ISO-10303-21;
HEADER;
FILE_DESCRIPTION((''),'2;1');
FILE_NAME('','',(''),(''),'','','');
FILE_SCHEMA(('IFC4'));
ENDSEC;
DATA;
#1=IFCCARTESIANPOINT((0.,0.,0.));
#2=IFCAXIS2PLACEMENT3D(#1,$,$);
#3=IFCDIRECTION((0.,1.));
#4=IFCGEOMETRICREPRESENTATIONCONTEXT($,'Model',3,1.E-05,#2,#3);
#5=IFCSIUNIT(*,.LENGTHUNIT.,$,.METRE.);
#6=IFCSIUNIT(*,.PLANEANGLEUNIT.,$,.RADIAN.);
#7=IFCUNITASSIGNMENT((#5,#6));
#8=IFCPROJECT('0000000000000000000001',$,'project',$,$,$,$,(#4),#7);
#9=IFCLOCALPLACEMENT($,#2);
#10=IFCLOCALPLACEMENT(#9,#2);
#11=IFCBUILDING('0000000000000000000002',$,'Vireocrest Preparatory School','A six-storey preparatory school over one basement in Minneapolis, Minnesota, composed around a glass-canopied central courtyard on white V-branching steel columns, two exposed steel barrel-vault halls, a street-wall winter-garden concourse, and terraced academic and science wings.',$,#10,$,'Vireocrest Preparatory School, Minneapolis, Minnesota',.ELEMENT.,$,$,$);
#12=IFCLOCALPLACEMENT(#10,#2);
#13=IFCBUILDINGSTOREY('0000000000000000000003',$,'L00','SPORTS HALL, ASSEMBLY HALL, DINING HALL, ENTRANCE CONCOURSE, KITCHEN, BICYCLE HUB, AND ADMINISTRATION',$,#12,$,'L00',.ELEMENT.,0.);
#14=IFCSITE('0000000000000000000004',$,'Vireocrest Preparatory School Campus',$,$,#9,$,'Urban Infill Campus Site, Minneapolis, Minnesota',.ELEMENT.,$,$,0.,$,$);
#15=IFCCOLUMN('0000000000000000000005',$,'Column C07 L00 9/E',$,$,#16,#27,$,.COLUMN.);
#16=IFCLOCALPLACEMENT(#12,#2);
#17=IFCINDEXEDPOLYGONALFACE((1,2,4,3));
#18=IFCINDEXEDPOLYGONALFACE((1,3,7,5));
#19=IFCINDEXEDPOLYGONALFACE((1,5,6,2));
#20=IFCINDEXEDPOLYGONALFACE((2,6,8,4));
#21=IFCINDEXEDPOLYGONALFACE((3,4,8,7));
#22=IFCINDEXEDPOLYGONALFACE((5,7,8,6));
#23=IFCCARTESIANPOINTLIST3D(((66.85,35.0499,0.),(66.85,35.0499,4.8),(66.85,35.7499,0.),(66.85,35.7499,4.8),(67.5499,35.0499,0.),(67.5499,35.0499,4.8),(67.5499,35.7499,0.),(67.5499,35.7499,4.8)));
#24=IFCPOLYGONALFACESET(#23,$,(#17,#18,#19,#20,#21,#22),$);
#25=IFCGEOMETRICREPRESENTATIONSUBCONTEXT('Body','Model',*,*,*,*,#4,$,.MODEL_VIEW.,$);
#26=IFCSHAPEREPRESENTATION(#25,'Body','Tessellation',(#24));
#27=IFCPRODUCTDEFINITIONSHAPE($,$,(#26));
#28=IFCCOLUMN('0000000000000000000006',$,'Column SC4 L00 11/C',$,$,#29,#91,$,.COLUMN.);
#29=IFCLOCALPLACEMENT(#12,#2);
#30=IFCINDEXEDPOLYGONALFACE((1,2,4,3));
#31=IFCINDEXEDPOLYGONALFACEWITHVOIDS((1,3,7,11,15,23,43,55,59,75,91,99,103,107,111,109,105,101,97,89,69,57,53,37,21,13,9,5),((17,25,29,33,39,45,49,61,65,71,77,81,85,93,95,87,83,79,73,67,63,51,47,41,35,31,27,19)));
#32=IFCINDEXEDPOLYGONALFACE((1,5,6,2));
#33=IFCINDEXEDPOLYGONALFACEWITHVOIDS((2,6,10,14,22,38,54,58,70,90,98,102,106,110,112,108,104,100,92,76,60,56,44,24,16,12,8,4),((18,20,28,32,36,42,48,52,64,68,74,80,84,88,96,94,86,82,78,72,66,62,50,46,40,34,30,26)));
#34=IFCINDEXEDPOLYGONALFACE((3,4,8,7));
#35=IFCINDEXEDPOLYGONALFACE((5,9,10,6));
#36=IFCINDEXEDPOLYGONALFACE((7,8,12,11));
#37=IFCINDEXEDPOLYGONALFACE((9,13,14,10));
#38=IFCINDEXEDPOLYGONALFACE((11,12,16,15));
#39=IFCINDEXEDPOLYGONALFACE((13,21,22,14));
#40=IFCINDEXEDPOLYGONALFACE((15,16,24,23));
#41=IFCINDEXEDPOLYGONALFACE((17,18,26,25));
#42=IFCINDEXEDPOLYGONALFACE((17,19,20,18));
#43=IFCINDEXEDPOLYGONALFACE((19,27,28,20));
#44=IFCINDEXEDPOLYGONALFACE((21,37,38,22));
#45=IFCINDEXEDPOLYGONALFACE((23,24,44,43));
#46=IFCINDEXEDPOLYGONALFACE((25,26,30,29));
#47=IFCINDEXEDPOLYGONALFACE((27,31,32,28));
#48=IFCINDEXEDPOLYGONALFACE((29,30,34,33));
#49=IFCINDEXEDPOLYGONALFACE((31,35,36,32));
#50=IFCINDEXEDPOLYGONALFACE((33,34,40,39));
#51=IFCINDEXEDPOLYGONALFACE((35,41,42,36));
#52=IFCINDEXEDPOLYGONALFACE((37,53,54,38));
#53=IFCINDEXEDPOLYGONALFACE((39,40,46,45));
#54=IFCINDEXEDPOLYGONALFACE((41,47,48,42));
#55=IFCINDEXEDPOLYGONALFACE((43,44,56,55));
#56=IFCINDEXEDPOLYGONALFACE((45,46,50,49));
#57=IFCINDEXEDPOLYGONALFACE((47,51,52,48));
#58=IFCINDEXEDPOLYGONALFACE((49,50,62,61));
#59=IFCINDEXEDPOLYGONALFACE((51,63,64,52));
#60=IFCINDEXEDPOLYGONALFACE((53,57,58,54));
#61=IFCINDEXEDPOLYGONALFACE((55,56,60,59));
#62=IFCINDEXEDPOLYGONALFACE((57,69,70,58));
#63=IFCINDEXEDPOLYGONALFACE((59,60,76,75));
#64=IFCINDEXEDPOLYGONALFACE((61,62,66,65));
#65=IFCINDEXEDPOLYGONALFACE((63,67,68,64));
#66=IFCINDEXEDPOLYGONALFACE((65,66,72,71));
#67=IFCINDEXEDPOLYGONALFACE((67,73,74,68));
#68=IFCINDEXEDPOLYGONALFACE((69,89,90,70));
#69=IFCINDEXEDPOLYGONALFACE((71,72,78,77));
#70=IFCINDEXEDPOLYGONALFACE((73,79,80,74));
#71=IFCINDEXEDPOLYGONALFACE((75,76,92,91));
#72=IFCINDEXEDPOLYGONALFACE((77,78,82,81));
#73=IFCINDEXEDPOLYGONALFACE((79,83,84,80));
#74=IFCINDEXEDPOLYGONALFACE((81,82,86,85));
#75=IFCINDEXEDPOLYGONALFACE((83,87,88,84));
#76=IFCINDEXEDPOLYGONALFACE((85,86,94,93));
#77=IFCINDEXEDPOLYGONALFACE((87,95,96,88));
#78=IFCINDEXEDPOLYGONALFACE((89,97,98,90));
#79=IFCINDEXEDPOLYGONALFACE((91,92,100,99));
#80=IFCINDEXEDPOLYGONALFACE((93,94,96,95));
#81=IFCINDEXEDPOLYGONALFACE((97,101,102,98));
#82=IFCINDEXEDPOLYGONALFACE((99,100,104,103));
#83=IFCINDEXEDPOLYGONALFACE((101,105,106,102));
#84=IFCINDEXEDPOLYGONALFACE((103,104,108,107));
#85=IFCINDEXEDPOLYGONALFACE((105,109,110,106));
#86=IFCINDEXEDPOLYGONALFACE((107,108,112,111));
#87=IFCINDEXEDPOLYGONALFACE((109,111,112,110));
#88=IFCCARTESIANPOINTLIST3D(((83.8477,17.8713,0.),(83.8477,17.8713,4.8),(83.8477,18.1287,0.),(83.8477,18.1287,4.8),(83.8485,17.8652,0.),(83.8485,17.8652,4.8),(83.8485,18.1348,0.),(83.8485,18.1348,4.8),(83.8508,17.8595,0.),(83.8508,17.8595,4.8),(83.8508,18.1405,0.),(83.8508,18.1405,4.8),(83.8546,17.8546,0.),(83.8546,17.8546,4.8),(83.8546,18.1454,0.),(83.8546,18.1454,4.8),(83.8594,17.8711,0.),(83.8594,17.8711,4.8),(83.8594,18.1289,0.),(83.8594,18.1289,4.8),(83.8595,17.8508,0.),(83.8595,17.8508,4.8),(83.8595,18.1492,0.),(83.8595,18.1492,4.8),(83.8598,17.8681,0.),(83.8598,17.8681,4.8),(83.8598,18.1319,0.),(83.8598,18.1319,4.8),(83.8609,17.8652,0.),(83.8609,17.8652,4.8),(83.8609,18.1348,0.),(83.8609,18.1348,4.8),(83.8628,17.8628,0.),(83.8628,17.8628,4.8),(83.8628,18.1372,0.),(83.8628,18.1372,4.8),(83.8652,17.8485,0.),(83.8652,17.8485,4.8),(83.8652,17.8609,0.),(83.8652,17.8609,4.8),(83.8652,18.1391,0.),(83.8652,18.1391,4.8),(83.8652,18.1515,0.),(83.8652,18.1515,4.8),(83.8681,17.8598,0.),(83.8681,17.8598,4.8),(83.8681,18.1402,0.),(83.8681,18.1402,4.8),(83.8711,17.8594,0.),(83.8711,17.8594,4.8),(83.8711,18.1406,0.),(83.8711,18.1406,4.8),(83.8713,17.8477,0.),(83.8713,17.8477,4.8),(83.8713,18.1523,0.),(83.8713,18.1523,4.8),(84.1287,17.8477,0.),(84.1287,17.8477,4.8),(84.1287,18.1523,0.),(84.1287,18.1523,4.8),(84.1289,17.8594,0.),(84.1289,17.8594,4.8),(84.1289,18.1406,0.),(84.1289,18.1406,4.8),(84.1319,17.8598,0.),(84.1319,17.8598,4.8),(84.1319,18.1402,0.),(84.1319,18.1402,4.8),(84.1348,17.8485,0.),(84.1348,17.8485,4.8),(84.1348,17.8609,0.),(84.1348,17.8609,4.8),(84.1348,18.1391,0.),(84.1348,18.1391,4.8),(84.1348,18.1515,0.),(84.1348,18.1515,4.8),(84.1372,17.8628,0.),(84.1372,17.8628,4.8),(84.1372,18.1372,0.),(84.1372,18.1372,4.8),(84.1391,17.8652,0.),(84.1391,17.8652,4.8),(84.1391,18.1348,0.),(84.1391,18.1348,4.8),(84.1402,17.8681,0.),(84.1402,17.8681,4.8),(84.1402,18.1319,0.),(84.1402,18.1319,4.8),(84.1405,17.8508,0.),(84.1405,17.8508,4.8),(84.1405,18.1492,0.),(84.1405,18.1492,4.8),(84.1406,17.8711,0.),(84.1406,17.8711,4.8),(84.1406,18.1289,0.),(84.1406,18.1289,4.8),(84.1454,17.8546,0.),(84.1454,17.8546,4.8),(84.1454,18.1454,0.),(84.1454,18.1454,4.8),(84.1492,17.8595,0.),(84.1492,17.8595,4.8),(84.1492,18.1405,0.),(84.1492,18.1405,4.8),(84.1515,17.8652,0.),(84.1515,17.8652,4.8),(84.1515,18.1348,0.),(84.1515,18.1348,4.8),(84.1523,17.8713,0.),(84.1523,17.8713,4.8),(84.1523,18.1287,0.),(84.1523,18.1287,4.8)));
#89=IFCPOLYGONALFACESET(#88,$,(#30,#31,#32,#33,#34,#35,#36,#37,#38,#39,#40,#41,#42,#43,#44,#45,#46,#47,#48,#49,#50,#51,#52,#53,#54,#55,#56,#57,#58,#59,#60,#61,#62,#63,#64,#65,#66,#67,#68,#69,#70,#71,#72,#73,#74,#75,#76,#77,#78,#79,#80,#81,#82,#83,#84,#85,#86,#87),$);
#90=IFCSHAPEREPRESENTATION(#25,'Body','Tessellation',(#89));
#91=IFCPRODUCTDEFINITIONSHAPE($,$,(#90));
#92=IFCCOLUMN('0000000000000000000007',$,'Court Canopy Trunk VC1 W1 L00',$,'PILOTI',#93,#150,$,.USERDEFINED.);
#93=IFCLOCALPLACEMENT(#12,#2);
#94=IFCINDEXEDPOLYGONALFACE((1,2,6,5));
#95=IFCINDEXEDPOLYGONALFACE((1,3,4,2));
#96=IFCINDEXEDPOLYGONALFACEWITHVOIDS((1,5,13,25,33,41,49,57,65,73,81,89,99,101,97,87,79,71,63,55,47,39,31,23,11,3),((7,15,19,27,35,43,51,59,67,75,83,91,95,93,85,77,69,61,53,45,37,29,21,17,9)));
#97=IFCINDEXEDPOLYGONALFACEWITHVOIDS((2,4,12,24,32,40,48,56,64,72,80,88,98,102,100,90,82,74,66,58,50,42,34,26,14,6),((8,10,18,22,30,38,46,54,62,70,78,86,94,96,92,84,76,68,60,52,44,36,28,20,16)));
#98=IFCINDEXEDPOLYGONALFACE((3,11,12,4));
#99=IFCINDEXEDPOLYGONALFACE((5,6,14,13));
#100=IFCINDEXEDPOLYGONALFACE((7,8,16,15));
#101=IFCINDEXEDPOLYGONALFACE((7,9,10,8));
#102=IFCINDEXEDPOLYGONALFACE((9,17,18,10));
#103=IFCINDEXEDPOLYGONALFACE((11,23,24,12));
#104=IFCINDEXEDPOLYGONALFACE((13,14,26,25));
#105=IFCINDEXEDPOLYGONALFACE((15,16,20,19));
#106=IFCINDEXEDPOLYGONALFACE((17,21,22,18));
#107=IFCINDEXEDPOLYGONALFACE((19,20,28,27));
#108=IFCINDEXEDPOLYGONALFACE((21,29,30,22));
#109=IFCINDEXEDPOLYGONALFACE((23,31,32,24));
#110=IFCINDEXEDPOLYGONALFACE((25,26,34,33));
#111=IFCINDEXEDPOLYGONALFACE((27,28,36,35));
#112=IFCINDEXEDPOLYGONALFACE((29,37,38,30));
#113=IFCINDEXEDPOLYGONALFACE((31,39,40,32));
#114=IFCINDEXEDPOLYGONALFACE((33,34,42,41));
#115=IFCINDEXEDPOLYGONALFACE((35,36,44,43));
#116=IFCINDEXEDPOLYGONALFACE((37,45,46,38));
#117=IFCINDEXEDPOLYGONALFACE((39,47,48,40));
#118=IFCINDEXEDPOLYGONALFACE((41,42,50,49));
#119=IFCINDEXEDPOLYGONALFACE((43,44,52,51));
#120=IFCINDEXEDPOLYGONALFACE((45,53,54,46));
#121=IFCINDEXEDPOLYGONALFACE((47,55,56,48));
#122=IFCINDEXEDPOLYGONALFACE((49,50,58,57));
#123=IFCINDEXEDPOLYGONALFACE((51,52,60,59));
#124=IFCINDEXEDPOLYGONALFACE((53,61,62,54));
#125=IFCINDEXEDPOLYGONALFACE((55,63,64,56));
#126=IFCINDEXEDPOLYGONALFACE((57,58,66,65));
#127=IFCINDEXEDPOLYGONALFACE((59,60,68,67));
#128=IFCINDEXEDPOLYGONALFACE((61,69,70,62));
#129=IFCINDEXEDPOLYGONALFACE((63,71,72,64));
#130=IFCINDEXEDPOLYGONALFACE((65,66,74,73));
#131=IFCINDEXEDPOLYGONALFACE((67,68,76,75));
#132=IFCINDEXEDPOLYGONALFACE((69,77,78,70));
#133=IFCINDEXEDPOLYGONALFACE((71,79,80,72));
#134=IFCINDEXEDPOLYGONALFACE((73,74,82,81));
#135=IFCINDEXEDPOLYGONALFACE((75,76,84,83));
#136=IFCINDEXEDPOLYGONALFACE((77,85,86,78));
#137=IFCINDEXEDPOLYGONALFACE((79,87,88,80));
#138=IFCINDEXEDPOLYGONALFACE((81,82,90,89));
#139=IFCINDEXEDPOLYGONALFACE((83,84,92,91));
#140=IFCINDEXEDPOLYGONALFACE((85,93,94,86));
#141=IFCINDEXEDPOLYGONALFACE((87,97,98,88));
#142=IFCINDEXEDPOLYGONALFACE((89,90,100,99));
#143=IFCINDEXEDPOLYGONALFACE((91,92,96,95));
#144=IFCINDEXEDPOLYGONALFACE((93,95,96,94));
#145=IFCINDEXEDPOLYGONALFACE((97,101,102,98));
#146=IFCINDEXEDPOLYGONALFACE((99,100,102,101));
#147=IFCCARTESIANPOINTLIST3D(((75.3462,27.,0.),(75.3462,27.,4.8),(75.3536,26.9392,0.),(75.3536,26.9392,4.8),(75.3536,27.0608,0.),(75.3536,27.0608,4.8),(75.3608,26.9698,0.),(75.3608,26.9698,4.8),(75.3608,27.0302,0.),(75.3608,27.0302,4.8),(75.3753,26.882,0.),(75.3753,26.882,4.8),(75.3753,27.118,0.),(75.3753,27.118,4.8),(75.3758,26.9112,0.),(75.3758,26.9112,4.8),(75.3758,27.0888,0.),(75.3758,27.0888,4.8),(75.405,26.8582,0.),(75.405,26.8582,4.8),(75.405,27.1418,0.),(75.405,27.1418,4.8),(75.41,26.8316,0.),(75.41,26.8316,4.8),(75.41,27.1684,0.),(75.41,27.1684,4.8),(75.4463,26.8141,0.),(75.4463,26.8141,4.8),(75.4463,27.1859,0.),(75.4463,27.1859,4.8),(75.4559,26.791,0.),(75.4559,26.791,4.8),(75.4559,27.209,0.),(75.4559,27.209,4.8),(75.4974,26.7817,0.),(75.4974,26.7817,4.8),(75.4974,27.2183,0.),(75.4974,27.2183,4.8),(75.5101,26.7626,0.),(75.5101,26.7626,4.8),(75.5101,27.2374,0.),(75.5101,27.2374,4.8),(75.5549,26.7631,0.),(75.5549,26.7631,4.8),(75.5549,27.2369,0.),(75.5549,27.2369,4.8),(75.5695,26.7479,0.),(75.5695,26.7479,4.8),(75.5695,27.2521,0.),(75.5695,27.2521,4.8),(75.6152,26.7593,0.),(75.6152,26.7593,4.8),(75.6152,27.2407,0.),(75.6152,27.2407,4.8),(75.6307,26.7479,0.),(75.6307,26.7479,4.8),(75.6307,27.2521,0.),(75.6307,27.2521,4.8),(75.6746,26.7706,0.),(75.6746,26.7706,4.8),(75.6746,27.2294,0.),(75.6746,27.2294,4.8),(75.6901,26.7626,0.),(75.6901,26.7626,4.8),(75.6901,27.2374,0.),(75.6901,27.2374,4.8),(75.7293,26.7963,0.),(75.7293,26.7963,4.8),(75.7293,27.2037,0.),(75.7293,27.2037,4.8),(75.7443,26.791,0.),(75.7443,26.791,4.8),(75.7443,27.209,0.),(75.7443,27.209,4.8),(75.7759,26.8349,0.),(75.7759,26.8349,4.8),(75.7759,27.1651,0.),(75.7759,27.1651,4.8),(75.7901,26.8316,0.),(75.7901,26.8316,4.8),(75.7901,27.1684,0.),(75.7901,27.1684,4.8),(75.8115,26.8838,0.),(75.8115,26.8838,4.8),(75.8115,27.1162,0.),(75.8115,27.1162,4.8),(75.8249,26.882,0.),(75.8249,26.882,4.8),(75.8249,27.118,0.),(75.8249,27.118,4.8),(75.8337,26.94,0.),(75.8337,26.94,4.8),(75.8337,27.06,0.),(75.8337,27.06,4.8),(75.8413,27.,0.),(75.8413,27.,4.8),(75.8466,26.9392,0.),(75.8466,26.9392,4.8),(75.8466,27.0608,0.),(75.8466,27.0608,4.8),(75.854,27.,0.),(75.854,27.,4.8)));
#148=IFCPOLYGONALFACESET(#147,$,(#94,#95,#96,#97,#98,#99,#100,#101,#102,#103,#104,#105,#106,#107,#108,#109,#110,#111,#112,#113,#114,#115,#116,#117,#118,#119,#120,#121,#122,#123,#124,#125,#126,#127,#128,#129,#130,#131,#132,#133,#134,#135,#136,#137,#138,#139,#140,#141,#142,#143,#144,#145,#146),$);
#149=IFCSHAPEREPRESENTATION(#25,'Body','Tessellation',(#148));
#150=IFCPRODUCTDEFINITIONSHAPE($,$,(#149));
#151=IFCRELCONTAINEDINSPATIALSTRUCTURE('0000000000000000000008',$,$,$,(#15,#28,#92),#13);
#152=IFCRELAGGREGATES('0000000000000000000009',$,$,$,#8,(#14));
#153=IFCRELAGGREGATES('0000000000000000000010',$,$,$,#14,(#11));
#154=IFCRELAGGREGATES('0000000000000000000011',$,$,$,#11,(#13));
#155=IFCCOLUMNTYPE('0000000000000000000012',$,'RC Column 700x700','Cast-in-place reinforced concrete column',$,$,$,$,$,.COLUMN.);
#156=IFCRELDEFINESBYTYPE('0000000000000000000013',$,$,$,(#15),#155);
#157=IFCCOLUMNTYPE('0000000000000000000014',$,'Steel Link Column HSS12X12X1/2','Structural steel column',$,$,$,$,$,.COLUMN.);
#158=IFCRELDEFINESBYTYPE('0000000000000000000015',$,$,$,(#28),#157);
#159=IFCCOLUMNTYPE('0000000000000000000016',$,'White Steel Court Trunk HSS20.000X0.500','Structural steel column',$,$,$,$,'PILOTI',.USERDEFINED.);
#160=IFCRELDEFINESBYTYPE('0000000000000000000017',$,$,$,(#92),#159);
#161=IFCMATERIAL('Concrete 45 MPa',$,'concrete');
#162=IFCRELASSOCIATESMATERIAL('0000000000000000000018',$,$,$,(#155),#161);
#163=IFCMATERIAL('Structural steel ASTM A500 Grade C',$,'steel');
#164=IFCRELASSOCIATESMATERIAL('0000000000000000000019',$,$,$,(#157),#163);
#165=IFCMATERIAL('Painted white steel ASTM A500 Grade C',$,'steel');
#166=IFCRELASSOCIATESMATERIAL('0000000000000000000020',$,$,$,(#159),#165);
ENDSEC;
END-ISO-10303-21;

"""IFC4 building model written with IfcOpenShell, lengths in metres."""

from ifc_helpers import new_model, si_unit, direction, frame, origin, origin_2d, place, context, subcontext, project, spatial, rectangle, hollow_rectangle, hollow_circle, extrude, material, material_profile, profile_set, type_object, element, save


model = new_model("IFC4")

# Units and contexts
model_context = context("Model", 3, precision=1e-05, world=origin(), true_north=direction((0.0, 1.0)))
body_context = subcontext(model_context, "Body", "Model", "MODEL_VIEW")
ifc_project = project(units=[si_unit("LENGTHUNIT", "METRE"), si_unit("PLANEANGLEUNIT", "RADIAN")], contexts=[model_context])

# Site, building, storey
site_placement = place(None, origin())
site = spatial("IfcSite", under=ifc_project, at=site_placement, Name="Vireocrest Preparatory School Campus", LongName="Urban Infill Campus Site, Minneapolis, Minnesota", CompositionType="ELEMENT", RefElevation=0.0)
building_placement = place(site_placement, origin())
building = spatial("IfcBuilding", under=site, at=building_placement, Name="Vireocrest Preparatory School", Description="A six-storey preparatory school over one basement in Minneapolis, Minnesota, composed around a glass-canopied central courtyard on white V-branching steel columns, two exposed steel barrel-vault halls, a street-wall winter-garden concourse, and terraced academic and science wings.", LongName="Vireocrest Preparatory School, Minneapolis, Minnesota", CompositionType="ELEMENT")
storey_placement = place(building_placement, origin())
storey = spatial("IfcBuildingStorey", under=building, at=storey_placement, Name="L00", Description="SPORTS HALL, ASSEMBLY HALL, DINING HALL, ENTRANCE CONCOURSE, KITCHEN, BICYCLE HUB, AND ADMINISTRATION", LongName="L00", CompositionType="ELEMENT", Elevation=0.0)

# Columns
ifc_material_1 = material(Name="Concrete 45 MPa", Category="concrete")
ifc_material_profile_1 = material_profile(ifc_material_1, rectangle(XDim=0.7, YDim=0.7, at=origin_2d()), Name="RC 700x700")
ifc_profile_set_1 = profile_set([ifc_material_profile_1], Name="Concrete 45 MPa")
column_type_1 = type_object("IfcColumnType", Name="RC Column 700x700", Description="Cast-in-place reinforced concrete column", PredefinedType="COLUMN", material=ifc_profile_set_1)
column_1_placement = place(storey_placement, frame((67.2, 35.3999, 0.0), z_axis=(0.0, 0.0, 1.0), x_axis=(1.0, 0.0, 0.0)))
element("IfcColumn", 1, at=column_1_placement, inside=storey, type_object=column_type_1, Name="Column C07 L00 9/E", PredefinedType="COLUMN", context=body_context, shape_type="SweptSolid", body=[
    extrude(rectangle(XDim=0.7, YDim=0.7, at=origin_2d()), origin(), (0.0, 0.0, 1.0), 4.8),
])
ifc_material_2 = material(Name="Structural steel ASTM A500 Grade C", Category="steel")
ifc_material_profile_2 = material_profile(ifc_material_2, hollow_rectangle(XDim=0.3047, YDim=0.3047, WallThickness=0.0117, InnerFilletRadius=0.0117, OuterFilletRadius=0.0237, at=origin_2d()), Name="HSS12X12X1/2")
ifc_profile_set_2 = profile_set([ifc_material_profile_2], Name="Structural steel ASTM A500 Grade C")
column_type_2 = type_object("IfcColumnType", Name="Steel Link Column HSS12X12X1/2", Description="Structural steel column", PredefinedType="COLUMN", material=ifc_profile_set_2)
column_2_placement = place(storey_placement, frame((84.0, 18.0, 0.0), z_axis=(0.0, 0.0, 1.0), x_axis=(1.0, 0.0, 0.0)))
element("IfcColumn", 2, at=column_2_placement, inside=storey, type_object=column_type_2, Name="Column SC4 L00 11/C", PredefinedType="COLUMN", context=body_context, shape_type="SweptSolid", body=[
    extrude(hollow_rectangle(XDim=0.3047, YDim=0.3047, WallThickness=0.0117, InnerFilletRadius=0.0117, OuterFilletRadius=0.0237, at=origin_2d()), origin(), (0.0, 0.0, 1.0), 4.8),
])
ifc_material_3 = material(Name="Painted white steel ASTM A500 Grade C", Category="steel")
ifc_material_profile_3 = material_profile(ifc_material_3, hollow_circle(Radius=0.2539, WallThickness=0.0127, at=origin_2d()), Name="HSS20.000X0.500")
ifc_profile_set_3 = profile_set([ifc_material_profile_3], Name="Painted white steel ASTM A500 Grade C")
column_type_3 = type_object("IfcColumnType", Name="White Steel Court Trunk HSS20.000X0.500", Description="Structural steel column", ElementType="PILOTI", PredefinedType="USERDEFINED", material=ifc_profile_set_3)
for number, where, z_axis, x_axis, name in (
    (3, (75.6001, 27.0, 0.0), (0.0, 0.0, 1.0), (1.0, 0.0, 0.0), "Court Canopy Trunk VC1 W1 L00"),
):
    element("IfcColumn", number, at=place(storey_placement, frame(where, z_axis=z_axis, x_axis=x_axis)), inside=storey, type_object=column_type_3, Name=name, ObjectType="PILOTI", PredefinedType="USERDEFINED", context=body_context, shape_type="SweptSolid", body=[
        extrude(hollow_circle(Radius=0.2539, WallThickness=0.0127, at=origin_2d()), origin(), (0.0, 0.0, 1.0), 4.8),
    ])

save(model, "model.ifc")
